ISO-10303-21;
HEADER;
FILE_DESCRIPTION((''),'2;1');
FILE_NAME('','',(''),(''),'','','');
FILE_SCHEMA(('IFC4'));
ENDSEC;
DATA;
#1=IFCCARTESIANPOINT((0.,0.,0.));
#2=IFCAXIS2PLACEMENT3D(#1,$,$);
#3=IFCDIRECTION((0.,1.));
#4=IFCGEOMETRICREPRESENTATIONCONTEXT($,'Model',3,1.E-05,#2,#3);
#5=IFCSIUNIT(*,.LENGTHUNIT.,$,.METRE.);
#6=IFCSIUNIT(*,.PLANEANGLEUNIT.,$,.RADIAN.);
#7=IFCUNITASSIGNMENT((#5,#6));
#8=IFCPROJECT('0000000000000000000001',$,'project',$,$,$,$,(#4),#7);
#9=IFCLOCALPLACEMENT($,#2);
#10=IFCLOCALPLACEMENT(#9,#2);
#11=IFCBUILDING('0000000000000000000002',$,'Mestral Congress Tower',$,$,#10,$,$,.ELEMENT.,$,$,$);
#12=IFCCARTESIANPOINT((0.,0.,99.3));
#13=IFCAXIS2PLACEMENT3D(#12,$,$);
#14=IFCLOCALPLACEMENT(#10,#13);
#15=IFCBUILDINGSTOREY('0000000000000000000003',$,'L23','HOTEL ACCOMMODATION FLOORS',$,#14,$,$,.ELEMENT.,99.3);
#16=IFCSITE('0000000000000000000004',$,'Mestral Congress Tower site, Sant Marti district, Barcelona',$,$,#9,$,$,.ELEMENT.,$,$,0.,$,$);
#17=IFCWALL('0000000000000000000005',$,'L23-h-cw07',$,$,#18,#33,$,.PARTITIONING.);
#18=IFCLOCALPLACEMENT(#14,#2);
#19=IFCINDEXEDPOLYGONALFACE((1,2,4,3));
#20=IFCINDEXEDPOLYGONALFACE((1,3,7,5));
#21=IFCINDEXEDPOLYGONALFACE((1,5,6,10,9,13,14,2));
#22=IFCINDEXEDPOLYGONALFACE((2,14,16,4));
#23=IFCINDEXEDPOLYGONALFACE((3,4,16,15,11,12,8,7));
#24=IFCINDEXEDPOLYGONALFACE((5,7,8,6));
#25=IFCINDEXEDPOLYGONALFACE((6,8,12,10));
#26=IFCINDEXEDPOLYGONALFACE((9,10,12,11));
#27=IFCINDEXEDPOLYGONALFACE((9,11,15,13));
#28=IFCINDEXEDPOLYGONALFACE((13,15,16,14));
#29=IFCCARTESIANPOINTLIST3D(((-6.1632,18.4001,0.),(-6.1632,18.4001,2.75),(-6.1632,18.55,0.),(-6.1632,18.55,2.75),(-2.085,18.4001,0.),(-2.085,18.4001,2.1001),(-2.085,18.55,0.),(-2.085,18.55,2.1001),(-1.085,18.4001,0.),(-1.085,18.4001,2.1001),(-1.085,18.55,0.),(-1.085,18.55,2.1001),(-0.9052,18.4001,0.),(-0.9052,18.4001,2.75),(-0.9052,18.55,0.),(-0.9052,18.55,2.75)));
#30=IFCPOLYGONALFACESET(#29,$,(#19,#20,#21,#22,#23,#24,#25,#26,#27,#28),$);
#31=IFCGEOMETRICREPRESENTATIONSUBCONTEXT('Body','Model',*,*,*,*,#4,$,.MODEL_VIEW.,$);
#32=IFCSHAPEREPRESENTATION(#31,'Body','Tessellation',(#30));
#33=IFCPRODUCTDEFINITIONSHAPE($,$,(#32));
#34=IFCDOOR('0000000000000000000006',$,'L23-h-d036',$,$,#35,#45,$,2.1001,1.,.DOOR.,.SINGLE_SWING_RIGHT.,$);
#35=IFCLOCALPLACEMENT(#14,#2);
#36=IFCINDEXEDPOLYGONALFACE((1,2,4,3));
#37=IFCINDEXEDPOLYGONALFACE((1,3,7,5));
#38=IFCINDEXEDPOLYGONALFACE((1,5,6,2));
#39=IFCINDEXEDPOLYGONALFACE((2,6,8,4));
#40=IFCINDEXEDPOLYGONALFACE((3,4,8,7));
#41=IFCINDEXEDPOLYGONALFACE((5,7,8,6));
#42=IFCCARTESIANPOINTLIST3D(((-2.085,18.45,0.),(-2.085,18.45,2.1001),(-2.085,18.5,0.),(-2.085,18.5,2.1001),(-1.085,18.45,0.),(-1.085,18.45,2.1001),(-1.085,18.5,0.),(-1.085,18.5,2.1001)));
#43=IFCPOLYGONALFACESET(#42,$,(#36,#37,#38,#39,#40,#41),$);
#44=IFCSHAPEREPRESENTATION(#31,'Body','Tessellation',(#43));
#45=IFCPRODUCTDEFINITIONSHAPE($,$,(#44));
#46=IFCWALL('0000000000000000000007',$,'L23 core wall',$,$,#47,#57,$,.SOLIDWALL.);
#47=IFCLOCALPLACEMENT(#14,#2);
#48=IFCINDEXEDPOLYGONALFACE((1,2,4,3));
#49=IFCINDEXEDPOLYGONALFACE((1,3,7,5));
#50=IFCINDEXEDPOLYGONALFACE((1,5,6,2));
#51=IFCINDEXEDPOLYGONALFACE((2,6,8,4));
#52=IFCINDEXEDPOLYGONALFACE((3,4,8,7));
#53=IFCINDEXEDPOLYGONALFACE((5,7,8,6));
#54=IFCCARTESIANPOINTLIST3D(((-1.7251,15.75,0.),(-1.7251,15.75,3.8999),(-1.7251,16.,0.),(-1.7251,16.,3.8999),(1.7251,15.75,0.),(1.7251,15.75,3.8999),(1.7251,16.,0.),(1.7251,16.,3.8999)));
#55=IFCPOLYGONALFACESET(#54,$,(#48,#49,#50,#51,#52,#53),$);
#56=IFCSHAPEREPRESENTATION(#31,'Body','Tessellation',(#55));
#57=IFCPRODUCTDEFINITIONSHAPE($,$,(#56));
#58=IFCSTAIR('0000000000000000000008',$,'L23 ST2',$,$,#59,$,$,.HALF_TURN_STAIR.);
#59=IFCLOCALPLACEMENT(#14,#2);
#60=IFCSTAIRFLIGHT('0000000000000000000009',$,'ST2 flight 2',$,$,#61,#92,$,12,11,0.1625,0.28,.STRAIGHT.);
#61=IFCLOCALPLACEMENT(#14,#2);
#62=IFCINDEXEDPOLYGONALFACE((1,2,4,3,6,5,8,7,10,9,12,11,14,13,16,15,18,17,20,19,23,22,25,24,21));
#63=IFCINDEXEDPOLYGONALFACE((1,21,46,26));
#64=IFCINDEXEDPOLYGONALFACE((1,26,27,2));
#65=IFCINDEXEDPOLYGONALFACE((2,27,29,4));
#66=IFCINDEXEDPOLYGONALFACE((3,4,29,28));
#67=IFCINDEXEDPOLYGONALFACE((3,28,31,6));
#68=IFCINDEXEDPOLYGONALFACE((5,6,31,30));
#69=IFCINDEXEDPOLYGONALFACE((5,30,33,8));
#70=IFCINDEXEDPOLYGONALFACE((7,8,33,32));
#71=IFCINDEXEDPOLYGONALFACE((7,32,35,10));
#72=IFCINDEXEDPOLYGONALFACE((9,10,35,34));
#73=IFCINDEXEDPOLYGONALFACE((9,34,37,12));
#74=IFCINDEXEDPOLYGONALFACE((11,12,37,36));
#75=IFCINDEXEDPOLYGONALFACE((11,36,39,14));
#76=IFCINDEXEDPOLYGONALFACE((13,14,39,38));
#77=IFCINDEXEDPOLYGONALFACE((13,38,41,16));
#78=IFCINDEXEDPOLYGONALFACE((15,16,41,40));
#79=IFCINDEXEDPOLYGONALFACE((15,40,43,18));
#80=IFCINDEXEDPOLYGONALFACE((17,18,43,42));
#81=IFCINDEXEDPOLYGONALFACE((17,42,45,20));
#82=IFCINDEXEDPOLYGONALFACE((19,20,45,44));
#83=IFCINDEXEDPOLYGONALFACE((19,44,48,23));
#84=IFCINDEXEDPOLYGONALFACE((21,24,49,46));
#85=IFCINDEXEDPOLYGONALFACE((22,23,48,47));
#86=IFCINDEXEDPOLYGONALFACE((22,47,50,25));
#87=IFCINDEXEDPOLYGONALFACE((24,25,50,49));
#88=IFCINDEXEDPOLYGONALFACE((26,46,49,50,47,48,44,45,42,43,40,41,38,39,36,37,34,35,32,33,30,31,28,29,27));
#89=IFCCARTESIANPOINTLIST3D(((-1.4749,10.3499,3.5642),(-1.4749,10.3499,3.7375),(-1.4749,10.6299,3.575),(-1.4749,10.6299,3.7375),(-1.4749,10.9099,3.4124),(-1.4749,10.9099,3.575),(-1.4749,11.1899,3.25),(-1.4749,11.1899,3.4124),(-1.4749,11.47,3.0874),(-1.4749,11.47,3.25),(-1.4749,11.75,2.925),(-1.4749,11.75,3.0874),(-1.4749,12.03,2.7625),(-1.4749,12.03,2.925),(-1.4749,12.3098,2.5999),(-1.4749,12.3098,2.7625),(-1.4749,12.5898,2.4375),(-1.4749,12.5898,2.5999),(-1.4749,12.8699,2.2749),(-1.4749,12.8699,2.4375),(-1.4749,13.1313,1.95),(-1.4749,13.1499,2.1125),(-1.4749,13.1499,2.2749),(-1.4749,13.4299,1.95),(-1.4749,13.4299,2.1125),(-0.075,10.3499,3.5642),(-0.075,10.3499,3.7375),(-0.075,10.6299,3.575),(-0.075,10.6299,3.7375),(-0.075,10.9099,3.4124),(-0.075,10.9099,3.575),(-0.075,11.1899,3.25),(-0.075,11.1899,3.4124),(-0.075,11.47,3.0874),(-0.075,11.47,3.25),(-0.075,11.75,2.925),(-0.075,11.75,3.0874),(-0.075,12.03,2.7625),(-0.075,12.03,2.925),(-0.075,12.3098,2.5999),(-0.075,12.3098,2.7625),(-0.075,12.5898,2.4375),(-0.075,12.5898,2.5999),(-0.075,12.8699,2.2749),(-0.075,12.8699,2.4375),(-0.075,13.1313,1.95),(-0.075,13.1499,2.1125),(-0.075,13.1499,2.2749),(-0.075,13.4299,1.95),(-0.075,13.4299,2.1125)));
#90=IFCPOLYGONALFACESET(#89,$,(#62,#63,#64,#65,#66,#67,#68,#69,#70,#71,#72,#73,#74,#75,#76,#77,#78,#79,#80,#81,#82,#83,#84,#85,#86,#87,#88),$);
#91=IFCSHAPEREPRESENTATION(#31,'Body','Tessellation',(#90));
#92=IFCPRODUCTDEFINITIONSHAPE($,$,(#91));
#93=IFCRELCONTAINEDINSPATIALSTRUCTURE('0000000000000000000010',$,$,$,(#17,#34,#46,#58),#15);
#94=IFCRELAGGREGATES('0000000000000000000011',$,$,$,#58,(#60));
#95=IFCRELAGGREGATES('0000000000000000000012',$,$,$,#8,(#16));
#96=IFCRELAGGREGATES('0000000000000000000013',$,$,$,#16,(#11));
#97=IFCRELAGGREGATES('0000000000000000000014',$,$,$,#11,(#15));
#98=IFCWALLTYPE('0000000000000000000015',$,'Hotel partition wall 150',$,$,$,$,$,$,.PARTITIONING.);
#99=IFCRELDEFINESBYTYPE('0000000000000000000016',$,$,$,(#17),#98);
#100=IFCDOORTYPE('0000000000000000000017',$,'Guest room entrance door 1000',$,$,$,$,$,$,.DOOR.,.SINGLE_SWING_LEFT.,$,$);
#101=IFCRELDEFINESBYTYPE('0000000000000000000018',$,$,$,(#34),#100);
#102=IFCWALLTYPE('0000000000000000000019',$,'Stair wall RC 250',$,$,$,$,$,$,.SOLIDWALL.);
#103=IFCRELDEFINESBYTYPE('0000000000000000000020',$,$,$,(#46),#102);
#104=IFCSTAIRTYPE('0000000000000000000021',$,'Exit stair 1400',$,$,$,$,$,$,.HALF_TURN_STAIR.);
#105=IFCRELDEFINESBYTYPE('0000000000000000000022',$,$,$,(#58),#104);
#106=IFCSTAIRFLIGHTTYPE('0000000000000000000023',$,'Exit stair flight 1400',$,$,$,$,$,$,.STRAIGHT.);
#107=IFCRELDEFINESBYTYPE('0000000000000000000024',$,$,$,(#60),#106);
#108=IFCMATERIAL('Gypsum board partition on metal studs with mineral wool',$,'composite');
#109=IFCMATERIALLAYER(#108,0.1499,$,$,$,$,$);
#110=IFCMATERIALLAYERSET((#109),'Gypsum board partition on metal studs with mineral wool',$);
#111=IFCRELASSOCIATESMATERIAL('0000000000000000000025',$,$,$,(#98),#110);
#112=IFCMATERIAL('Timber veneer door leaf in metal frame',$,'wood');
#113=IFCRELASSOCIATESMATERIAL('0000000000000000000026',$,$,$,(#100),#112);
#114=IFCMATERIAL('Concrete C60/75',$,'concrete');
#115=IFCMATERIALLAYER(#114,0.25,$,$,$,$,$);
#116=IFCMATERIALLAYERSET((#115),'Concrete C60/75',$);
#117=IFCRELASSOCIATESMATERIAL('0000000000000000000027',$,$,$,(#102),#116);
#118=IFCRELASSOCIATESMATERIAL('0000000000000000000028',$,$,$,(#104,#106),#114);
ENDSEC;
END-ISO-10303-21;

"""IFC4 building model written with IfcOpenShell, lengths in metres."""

from ifc_helpers import new_model, si_unit, direction, frame, frame_2d, origin, place, context, subcontext, project, spatial, polyline, rectangle, outline, extrude, material, layer, layer_set, type_object, element, fill, aggregate, save


model = new_model("IFC4")

# Units and contexts
model_context = context("Model", 3, precision=1e-05, world=origin(), true_north=direction((0.0, 1.0)))
body_context = subcontext(model_context, "Body", "Model", "MODEL_VIEW")
ifc_project = project(units=[si_unit("LENGTHUNIT", "METRE"), si_unit("PLANEANGLEUNIT", "RADIAN")], contexts=[model_context])

# Site, building, storey
site_placement = place(None, origin())
site = spatial("IfcSite", under=ifc_project, at=site_placement, Name="Mestral Congress Tower site, Sant Marti district, Barcelona", CompositionType="ELEMENT", RefElevation=0.0)
building_placement = place(site_placement, origin())
building = spatial("IfcBuilding", under=site, at=building_placement, Name="Mestral Congress Tower", CompositionType="ELEMENT")
storey_placement = place(building_placement, frame((0.0, 0.0, 99.3)))
storey = spatial("IfcBuildingStorey", under=building, at=storey_placement, Name="L23", Description="HOTEL ACCOMMODATION FLOORS", CompositionType="ELEMENT", Elevation=99.3)

# Shared definitions
ifc_material_1 = material(Name="Concrete C60/75", Category="concrete")

# Shared definitions
ifc_material_2 = material(Name="Gypsum board partition on metal studs with mineral wool", Category="composite")

# Wall, opening, door
ifc_layer_1 = layer(ifc_material_2, 0.1499)
ifc_layer_set_1 = layer_set([ifc_layer_1], Name="Gypsum board partition on metal studs with mineral wool")
wall_type_1 = type_object("IfcWallType", Name="Hotel partition wall 150", PredefinedType="PARTITIONING", material=ifc_layer_set_1)
ifc_material_3 = material(Name="Timber veneer door leaf in metal frame", Category="wood")
door_type_1 = type_object("IfcDoorType", Name="Guest room entrance door 1000", OperationType="SINGLE_SWING_LEFT", PredefinedType="DOOR", material=ifc_material_3)
wall_1_placement = place(storey_placement, frame((-6.1631, 18.4751, 0.0), z_axis=(0.0, 0.0, 1.0), x_axis=(1.0, 0.0, 0.0)))
wall_1 = element("IfcWall", 1, at=wall_1_placement, inside=storey, type_object=wall_type_1, Name="L23-h-cw07", PredefinedType="PARTITIONING", context=body_context, shape_type="SweptSolid", body=[
    extrude(rectangle(XDim=5.2581, YDim=0.1499, at=frame_2d((2.6289, 0.0))), origin(), (0.0, 0.0, 1.0), 2.75),
])
opening_1_placement = place(wall_1_placement, frame((4.0781, 0.0, 0.0)))
opening_1 = element("IfcOpeningElement", 2, at=opening_1_placement, cuts=wall_1, PredefinedType="OPENING", context=body_context, shape_type="SweptSolid", body=[
    extrude(rectangle(XDim=1.0, YDim=2.1001, at=frame_2d((0.5, 1.05))), frame((0.0, 0.085, 0.0), z_axis=(0.0, -1.0, 0.0), x_axis=(1.0, 0.0, 0.0)), (0.0, 0.0, 1.0), 0.1699),
])
door_1_placement = place(opening_1_placement, origin())
door_1 = element("IfcDoor", 3, at=door_1_placement, inside=storey, type_object=door_type_1, Name="L23-h-d036", OperationType="SINGLE_SWING_RIGHT", OverallHeight=2.1001, OverallWidth=1.0, PredefinedType="DOOR", context=body_context, shape_type="SweptSolid", body=[
    extrude(rectangle(XDim=1.0, YDim=2.1001, at=frame_2d((0.5, 1.05))), frame((0.0, 0.0249, 0.0), z_axis=(0.0, -1.0, 0.0), x_axis=(1.0, 0.0, 0.0)), (0.0, 0.0, 1.0), 0.05),
])
fill(opening_1, door_1)

# Wall
ifc_layer_2 = layer(ifc_material_1, 0.25)
ifc_layer_set_2 = layer_set([ifc_layer_2], Name="Concrete C60/75")
wall_type_2 = type_object("IfcWallType", Name="Stair wall RC 250", PredefinedType="SOLIDWALL", material=ifc_layer_set_2)
wall_2_placement = place(storey_placement, frame((-1.7251, 15.875, 0.0), z_axis=(0.0, 0.0, 1.0), x_axis=(1.0, 0.0, 0.0)))
element("IfcWall", 4, at=wall_2_placement, inside=storey, type_object=wall_type_2, Name="L23 core wall", PredefinedType="SOLIDWALL", context=body_context, shape_type="SweptSolid", body=[
    extrude(rectangle(XDim=3.4502, YDim=0.25, at=frame_2d((1.7251, 0.0))), origin(), (0.0, 0.0, 1.0), 3.8999),
])

# Stair, stair flight
stair_type = type_object("IfcStairType", Name="Exit stair 1400", PredefinedType="HALF_TURN_STAIR", material=ifc_material_1)
stair_placement = place(storey_placement, origin())
stair = element("IfcStair", 5, at=stair_placement, inside=storey, type_object=stair_type, Name="L23 ST2", PredefinedType="HALF_TURN_STAIR")
stair_flight_type = type_object("IfcStairFlightType", Name="Exit stair flight 1400", PredefinedType="STRAIGHT", material=ifc_material_1)
stair_flight_placement = place(storey_placement, frame((-0.7749, 13.4299, 1.95), z_axis=(0.0, 0.0, 1.0), x_axis=(0.0, -1.0, 0.0)))
stair_flight = element("IfcStairFlight", 6, at=stair_flight_placement, type_object=stair_flight_type, Name="ST2 flight 2", NumberOfRisers=12, NumberOfTreads=11, PredefinedType="STRAIGHT", RiserHeight=0.1625, TreadLength=0.28, context=body_context, shape_type="SweptSolid", body=[
    extrude(outline(polyline([(0.0, 0.0), (0.0, 0.1626), (0.28, 0.1626), (0.28, 0.325), (0.5601, 0.325), (0.5601, 0.4875), (0.8401, 0.4875), (0.8401, 0.6499), (1.1201, 0.6499), (1.1201, 0.8125), (1.3999, 0.8125), (1.3999, 0.9751), (1.6799, 0.9751), (1.6799, 1.1375), (1.96, 1.1375), (1.96, 1.3), (2.24, 1.3), (2.24, 1.4624), (2.52, 1.4624), (2.52, 1.625), (2.8, 1.625), (2.8, 1.7876), (3.0801, 1.7876), (3.0801, 1.95), (3.0801, 1.6143), (0.2986, 0.0), (0.0, 0.0)])), frame((0.0, 0.7, 0.0), z_axis=(0.0, -1.0, 0.0), x_axis=(1.0, 0.0, 0.0)), (0.0, 0.0, 1.0), 1.3999),
])
aggregate(stair, [stair_flight])

save(model, "model.ifc")
